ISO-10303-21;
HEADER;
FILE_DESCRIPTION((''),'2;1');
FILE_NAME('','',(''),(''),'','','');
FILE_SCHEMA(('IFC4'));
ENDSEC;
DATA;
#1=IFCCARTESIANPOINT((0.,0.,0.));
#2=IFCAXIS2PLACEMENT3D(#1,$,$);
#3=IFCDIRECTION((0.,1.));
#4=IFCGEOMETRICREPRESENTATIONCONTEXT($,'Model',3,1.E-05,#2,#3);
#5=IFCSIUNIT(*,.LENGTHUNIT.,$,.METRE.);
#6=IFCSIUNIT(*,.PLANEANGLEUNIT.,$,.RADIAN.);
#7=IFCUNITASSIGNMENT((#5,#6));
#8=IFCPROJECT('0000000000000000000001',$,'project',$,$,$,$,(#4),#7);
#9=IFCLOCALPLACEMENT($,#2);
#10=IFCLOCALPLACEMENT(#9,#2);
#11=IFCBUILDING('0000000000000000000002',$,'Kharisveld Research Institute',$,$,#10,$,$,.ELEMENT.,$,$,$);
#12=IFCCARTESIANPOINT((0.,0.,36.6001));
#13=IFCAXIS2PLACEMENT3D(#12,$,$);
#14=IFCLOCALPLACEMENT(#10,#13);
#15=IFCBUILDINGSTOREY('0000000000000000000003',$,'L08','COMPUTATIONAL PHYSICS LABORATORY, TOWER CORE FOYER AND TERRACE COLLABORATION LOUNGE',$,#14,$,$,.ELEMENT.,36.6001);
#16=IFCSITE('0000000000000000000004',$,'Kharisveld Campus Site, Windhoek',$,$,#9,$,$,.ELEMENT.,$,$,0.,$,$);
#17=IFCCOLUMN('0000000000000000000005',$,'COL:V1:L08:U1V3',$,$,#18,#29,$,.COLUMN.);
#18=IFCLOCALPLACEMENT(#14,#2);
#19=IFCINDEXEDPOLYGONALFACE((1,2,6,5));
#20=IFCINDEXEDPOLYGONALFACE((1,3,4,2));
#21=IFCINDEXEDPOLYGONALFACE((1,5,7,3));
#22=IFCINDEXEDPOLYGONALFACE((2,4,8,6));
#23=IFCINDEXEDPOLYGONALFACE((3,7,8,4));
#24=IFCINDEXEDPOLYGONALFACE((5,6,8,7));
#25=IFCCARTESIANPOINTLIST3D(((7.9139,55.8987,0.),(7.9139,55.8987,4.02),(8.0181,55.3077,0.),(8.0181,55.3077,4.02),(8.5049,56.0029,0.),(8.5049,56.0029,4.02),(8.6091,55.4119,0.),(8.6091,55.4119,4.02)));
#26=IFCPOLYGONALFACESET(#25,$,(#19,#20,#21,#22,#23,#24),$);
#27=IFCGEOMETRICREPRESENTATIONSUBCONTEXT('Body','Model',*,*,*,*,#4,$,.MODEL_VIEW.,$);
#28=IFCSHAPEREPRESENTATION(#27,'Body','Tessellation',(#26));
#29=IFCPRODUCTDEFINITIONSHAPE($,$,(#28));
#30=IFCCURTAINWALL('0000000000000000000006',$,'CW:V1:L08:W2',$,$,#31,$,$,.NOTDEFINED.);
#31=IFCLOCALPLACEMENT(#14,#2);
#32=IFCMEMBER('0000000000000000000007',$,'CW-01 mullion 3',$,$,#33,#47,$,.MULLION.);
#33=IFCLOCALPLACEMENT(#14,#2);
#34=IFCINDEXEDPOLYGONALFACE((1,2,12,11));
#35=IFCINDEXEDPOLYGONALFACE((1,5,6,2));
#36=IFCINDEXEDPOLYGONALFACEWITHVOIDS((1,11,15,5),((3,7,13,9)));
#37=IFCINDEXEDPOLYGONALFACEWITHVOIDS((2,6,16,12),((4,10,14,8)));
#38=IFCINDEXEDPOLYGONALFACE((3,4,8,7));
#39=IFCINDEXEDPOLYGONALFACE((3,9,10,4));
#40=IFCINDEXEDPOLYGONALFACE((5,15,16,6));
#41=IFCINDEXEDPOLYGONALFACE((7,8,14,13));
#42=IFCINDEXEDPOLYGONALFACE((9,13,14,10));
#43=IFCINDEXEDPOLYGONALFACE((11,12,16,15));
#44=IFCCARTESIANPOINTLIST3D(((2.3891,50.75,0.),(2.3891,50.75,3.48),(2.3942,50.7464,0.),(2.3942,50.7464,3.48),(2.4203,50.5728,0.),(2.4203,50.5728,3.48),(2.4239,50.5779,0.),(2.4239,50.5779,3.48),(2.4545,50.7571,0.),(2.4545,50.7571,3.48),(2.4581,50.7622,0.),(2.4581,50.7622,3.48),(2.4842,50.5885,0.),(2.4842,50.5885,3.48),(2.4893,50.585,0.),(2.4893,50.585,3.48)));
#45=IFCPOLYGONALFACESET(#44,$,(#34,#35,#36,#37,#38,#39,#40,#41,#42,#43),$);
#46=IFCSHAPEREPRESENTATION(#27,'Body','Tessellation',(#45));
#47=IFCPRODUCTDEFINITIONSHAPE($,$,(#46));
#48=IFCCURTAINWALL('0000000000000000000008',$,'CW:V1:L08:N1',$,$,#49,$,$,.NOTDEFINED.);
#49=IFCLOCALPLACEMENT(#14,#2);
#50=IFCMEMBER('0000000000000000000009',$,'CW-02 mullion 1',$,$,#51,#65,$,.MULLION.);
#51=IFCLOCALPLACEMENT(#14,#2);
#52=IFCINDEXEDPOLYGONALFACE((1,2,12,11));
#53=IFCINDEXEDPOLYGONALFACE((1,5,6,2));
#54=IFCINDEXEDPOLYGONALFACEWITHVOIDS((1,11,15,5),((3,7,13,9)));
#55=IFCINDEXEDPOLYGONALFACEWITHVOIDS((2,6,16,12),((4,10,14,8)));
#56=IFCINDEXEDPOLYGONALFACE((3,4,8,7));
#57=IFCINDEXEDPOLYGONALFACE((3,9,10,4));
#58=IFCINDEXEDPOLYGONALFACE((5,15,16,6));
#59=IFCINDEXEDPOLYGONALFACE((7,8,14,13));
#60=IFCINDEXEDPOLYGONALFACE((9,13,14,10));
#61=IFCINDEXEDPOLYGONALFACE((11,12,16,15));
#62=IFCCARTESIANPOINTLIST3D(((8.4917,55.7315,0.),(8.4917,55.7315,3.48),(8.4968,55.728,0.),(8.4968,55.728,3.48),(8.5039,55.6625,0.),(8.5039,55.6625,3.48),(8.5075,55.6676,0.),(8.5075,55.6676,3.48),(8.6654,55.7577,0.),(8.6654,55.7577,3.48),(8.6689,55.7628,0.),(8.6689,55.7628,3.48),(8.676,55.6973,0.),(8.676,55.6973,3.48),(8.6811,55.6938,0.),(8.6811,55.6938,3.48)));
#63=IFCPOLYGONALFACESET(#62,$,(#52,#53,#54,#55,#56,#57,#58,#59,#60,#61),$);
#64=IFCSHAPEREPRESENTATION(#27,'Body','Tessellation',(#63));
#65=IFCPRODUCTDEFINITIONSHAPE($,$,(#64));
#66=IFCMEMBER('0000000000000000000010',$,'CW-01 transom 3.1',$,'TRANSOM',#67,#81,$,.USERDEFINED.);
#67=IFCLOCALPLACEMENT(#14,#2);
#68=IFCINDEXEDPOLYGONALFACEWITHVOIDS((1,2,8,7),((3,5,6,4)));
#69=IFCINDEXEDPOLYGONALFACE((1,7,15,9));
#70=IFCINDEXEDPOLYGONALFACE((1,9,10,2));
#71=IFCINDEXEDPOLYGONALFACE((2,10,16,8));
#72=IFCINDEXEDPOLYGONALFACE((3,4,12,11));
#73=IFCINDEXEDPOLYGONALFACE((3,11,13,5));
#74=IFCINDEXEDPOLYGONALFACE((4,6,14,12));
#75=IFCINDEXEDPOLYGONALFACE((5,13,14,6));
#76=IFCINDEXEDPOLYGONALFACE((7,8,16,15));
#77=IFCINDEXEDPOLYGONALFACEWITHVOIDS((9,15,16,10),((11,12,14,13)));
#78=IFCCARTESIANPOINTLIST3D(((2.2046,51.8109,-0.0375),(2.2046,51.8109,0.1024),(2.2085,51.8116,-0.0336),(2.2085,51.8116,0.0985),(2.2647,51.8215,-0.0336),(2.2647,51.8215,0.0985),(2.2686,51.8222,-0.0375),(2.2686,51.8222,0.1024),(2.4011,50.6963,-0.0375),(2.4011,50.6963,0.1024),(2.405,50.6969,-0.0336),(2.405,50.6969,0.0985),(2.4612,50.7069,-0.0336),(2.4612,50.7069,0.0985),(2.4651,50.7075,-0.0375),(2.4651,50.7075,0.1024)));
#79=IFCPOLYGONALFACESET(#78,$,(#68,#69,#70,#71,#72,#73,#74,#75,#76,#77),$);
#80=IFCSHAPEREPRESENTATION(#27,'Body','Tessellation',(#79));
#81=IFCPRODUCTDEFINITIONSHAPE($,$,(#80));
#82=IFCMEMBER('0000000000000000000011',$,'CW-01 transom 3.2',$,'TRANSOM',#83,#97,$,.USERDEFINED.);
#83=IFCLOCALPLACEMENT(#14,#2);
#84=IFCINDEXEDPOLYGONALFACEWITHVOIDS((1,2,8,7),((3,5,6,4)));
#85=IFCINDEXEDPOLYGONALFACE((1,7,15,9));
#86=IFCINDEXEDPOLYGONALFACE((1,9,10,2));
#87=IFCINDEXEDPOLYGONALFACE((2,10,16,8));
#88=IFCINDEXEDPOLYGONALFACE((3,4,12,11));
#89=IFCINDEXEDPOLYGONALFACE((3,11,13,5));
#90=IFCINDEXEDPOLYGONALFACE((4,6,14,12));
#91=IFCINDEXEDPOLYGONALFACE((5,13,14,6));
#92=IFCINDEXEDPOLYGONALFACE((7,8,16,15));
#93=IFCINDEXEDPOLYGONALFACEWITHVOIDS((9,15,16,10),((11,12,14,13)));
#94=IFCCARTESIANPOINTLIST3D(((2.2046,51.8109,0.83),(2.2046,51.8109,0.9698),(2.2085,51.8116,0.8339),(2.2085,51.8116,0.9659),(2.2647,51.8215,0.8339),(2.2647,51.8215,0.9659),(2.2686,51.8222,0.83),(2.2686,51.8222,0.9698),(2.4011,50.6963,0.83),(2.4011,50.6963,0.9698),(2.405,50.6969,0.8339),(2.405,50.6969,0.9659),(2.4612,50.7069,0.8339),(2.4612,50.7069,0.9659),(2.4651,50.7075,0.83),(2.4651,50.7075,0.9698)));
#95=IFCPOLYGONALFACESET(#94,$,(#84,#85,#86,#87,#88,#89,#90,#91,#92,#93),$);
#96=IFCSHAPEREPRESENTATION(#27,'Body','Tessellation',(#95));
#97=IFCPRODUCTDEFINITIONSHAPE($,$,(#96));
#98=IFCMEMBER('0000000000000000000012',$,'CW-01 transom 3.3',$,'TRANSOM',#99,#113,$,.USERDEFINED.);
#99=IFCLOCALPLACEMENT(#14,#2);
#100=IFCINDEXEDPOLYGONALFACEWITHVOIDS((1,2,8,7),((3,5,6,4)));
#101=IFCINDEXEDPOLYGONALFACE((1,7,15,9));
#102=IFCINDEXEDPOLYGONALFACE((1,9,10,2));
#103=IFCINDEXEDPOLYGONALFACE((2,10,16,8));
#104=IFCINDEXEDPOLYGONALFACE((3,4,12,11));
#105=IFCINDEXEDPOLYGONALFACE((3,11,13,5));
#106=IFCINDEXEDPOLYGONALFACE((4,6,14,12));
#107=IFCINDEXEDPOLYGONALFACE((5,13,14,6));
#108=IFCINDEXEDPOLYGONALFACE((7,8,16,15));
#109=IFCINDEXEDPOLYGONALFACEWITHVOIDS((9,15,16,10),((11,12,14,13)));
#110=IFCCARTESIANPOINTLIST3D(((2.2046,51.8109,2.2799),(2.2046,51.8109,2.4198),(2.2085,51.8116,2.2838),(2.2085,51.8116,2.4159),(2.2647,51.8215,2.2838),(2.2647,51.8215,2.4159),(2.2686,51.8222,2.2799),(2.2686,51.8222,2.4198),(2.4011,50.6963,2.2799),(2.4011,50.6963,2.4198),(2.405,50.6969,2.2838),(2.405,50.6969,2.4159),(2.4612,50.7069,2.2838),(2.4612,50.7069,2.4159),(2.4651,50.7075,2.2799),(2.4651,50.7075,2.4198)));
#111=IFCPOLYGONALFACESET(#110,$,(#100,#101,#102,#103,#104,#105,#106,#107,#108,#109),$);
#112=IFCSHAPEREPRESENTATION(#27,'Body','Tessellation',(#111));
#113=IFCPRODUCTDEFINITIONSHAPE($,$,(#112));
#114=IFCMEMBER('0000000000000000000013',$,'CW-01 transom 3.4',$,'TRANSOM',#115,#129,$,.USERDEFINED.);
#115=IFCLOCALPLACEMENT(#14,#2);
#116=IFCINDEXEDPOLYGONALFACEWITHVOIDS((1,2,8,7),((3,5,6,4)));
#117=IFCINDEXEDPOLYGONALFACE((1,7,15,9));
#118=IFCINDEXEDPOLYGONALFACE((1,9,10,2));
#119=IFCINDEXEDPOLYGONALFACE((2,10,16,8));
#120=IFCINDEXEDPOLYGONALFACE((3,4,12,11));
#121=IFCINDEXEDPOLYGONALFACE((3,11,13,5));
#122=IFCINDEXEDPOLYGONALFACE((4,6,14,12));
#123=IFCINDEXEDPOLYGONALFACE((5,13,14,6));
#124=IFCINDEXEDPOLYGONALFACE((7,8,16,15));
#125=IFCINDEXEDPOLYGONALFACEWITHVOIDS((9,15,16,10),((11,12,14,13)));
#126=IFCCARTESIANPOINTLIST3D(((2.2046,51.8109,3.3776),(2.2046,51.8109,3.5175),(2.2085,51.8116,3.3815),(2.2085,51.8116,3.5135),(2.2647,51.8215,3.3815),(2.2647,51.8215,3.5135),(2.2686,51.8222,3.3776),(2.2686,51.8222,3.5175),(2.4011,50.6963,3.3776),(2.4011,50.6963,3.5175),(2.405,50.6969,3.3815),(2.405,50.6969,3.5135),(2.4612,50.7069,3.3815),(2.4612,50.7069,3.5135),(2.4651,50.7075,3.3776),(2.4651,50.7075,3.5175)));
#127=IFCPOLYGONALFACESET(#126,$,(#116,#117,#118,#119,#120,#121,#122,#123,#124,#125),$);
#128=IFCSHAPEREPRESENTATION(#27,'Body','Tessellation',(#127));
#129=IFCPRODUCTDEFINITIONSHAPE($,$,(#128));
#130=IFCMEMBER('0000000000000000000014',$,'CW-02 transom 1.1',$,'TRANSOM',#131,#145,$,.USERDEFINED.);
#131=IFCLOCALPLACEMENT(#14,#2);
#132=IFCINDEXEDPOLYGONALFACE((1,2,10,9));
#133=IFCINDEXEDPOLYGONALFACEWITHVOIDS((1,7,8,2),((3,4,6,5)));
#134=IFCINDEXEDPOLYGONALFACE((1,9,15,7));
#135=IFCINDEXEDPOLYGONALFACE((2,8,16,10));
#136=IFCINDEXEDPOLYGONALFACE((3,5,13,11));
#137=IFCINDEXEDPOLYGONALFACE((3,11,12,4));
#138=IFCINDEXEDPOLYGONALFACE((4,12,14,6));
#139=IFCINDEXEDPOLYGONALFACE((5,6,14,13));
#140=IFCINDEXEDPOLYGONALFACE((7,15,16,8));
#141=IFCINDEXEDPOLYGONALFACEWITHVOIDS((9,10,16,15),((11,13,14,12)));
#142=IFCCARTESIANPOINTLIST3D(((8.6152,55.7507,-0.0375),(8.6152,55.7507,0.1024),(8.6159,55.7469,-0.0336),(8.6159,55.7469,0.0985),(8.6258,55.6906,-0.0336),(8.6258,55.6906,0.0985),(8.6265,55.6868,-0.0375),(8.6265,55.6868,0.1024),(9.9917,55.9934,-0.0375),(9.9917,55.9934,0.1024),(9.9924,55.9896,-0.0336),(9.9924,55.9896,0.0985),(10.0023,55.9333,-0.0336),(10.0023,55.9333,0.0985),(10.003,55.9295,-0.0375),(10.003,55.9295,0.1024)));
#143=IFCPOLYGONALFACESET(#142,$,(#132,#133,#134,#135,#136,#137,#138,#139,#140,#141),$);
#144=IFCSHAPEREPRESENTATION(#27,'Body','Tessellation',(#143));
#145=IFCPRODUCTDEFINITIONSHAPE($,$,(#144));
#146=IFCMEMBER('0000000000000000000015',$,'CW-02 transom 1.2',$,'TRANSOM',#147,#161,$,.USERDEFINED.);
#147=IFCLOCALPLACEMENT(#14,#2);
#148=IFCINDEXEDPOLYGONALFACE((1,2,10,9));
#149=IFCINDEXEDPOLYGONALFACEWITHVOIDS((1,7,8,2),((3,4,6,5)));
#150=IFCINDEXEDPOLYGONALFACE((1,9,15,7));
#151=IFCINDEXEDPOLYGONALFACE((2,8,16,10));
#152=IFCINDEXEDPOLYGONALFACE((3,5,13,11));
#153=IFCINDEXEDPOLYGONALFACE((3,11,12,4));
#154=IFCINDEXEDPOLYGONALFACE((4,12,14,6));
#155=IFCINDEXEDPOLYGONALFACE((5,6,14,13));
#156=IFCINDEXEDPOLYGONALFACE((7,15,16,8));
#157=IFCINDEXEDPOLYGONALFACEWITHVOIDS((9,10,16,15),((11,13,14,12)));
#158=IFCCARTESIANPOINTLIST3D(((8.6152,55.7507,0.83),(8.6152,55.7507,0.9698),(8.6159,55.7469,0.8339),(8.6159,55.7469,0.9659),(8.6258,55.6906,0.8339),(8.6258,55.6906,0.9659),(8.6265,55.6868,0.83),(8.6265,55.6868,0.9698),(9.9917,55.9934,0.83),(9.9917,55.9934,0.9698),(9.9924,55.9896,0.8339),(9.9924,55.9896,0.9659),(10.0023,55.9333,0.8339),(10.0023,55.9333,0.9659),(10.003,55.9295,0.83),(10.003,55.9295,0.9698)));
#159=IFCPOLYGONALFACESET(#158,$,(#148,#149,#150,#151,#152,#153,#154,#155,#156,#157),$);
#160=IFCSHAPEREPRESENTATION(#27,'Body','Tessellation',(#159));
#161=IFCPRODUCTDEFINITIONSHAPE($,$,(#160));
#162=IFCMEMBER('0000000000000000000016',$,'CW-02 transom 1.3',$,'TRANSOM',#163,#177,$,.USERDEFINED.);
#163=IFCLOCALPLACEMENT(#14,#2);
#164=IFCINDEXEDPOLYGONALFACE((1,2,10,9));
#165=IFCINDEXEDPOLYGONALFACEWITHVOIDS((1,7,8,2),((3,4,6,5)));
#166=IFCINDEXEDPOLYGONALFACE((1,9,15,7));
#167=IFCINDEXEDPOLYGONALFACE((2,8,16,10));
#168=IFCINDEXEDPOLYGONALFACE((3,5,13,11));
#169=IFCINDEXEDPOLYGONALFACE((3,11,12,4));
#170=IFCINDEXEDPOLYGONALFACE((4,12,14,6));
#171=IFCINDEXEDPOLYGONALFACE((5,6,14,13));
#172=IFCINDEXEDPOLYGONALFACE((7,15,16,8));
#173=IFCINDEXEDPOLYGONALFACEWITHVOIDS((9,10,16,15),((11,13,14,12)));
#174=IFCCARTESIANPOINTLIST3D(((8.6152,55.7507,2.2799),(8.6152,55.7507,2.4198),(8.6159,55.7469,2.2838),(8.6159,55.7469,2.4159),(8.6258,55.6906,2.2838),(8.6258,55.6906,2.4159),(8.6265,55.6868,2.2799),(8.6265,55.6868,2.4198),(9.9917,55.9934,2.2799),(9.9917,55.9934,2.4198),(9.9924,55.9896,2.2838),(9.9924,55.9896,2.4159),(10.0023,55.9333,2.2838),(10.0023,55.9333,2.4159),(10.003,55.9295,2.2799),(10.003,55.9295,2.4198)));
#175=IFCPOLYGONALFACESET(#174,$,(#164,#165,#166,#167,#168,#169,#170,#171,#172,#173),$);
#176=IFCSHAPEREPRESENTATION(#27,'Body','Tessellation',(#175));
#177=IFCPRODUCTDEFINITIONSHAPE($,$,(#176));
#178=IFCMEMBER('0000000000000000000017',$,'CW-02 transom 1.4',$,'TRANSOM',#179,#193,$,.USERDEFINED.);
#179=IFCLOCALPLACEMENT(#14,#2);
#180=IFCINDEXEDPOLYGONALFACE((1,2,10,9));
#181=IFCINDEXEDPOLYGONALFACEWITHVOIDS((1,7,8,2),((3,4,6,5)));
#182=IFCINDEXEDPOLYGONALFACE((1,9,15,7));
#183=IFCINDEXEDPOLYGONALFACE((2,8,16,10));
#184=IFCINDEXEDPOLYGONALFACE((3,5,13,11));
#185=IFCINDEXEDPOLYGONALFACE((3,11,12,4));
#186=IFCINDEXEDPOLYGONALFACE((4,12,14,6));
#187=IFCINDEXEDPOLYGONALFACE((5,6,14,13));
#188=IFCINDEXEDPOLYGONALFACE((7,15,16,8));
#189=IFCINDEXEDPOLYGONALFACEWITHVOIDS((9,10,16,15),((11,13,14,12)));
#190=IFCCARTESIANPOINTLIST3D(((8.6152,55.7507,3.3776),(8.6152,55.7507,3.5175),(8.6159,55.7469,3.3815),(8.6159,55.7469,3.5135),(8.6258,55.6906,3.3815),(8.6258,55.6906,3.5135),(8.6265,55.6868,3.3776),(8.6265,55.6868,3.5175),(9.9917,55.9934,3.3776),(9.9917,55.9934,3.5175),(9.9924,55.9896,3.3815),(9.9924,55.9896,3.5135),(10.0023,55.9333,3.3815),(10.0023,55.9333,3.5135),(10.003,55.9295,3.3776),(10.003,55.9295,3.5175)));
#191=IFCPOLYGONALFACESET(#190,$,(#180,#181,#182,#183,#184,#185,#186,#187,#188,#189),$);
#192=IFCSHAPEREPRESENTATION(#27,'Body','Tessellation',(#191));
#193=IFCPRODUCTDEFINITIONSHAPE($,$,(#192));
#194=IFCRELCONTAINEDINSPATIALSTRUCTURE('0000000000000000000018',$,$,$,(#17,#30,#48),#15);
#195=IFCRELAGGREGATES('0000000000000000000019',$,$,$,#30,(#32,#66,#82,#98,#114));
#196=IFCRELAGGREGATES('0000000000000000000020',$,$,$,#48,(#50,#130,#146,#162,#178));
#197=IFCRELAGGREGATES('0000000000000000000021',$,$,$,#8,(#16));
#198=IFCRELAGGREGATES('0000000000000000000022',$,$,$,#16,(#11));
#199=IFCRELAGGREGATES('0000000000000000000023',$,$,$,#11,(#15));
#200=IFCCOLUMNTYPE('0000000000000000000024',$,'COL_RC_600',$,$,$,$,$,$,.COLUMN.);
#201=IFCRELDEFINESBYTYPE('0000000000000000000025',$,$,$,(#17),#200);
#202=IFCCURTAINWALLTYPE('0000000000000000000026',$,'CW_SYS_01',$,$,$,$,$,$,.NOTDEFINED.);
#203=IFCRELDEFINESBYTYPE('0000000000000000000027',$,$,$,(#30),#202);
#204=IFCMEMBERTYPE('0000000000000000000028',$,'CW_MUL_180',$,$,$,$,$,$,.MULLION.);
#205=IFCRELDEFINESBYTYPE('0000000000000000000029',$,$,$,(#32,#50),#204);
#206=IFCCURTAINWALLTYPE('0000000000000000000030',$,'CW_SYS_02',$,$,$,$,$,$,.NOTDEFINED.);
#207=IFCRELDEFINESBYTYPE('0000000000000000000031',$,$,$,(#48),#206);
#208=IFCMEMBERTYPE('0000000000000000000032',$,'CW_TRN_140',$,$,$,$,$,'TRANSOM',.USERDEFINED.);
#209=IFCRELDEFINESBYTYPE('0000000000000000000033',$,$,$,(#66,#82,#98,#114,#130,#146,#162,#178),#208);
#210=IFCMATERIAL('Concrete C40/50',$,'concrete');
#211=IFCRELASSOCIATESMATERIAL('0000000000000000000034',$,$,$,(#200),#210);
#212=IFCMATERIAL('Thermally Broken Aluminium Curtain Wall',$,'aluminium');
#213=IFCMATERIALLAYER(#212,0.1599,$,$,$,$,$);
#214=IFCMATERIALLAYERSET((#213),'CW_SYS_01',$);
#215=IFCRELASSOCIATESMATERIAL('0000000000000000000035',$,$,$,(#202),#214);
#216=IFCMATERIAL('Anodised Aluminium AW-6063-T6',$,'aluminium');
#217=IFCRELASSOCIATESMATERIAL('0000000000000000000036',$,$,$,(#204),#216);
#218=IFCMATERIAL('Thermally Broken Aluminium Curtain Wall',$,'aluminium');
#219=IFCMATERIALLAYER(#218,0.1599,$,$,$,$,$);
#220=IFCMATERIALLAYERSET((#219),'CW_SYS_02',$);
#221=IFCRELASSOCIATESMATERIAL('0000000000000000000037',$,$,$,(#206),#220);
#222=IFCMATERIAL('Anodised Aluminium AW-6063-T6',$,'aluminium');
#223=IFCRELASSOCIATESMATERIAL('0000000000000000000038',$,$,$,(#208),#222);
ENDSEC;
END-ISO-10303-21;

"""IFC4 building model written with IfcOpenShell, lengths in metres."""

from ifc_helpers import new_model, si_unit, direction, frame, origin, origin_2d, place, context, subcontext, project, spatial, rectangle, hollow_rectangle, extrude, material, layer, layer_set, material_profile, profile_set, type_object, element, aggregate, save


model = new_model("IFC4")

# Units and contexts
model_context = context("Model", 3, precision=1e-05, world=origin(), true_north=direction((0.0, 1.0)))
body_context = subcontext(model_context, "Body", "Model", "MODEL_VIEW")
ifc_project = project(units=[si_unit("LENGTHUNIT", "METRE"), si_unit("PLANEANGLEUNIT", "RADIAN")], contexts=[model_context])

# Site, building, storey
site_placement = place(None, origin())
site = spatial("IfcSite", under=ifc_project, at=site_placement, Name="Kharisveld Campus Site, Windhoek", CompositionType="ELEMENT", RefElevation=0.0)
building_placement = place(site_placement, origin())
building = spatial("IfcBuilding", under=site, at=building_placement, Name="Kharisveld Research Institute", CompositionType="ELEMENT")
storey_placement = place(building_placement, frame((0.0, 0.0, 36.6001)))
storey = spatial("IfcBuildingStorey", under=building, at=storey_placement, Name="L08", Description="COMPUTATIONAL PHYSICS LABORATORY, TOWER CORE FOYER AND TERRACE COLLABORATION LOUNGE", CompositionType="ELEMENT", Elevation=36.6001)

# Column
ifc_material_1 = material(Name="Concrete C40/50", Category="concrete")
ifc_material_profile_1 = material_profile(ifc_material_1, rectangle(XDim=0.6001, YDim=0.6001, at=origin_2d()))
ifc_profile_set_1 = profile_set([ifc_material_profile_1], Name="Concrete C40/50")
column_type = type_object("IfcColumnType", Name="COL_RC_600", PredefinedType="COLUMN", material=ifc_profile_set_1)
column_placement = place(storey_placement, frame((8.2615, 55.6553, 0.0), z_axis=(0.0, 0.0, 1.0), x_axis=(0.984808, 0.173648, 0.0)))
element("IfcColumn", 1, at=column_placement, inside=storey, type_object=column_type, Name="COL:V1:L08:U1V3", PredefinedType="COLUMN", context=body_context, shape_type="SweptSolid", body=[
    extrude(rectangle(XDim=0.6001, YDim=0.6001, at=origin_2d()), origin(), (0.0, 0.0, 1.0), 4.02),
])

# Curtain walls, members
ifc_material_2 = material(Name="Thermally Broken Aluminium Curtain Wall", Category="aluminium")
ifc_layer_1 = layer(ifc_material_2, 0.1599)
ifc_layer_set_1 = layer_set([ifc_layer_1], Name="CW_SYS_01")
curtain_wall_type_1 = type_object("IfcCurtainWallType", Name="CW_SYS_01", PredefinedType="NOTDEFINED", material=ifc_layer_set_1)
curtain_wall_1_placement = place(storey_placement, origin())
curtain_wall_1 = element("IfcCurtainWall", 2, at=curtain_wall_1_placement, inside=storey, type_object=curtain_wall_type_1, Name="CW:V1:L08:W2", PredefinedType="NOTDEFINED")
ifc_material_3 = material(Name="Anodised Aluminium AW-6063-T6", Category="aluminium")
ifc_material_profile_2 = material_profile(ifc_material_3, hollow_rectangle(XDim=0.0701, YDim=0.1799, WallThickness=0.0044, at=origin_2d()))
ifc_profile_set_2 = profile_set([ifc_material_profile_2], Name="Anodised Aluminium AW-6063-T6")
member_type_1 = type_object("IfcMemberType", Name="CW_MUL_180", PredefinedType="MULLION", material=ifc_profile_set_2)
member_1_placement = place(storey_placement, frame((2.4392, 50.6675, 0.0), z_axis=(0.0, 0.0, 1.0), x_axis=(-0.984808, -0.173648, 0.0)))
member_1 = element("IfcMember", 3, at=member_1_placement, type_object=member_type_1, Name="CW-01 mullion 3", PredefinedType="MULLION", context=body_context, shape_type="SweptSolid", body=[
    extrude(hollow_rectangle(XDim=0.0701, YDim=0.1799, WallThickness=0.0044, at=origin_2d()), origin(), (0.0, 0.0, 1.0), 3.48),
])
ifc_material_4 = material(Name="Thermally Broken Aluminium Curtain Wall", Category="aluminium")
ifc_layer_2 = layer(ifc_material_4, 0.1599)
ifc_layer_set_2 = layer_set([ifc_layer_2], Name="CW_SYS_02")
curtain_wall_type_2 = type_object("IfcCurtainWallType", Name="CW_SYS_02", PredefinedType="NOTDEFINED", material=ifc_layer_set_2)
curtain_wall_2_placement = place(storey_placement, origin())
curtain_wall_2 = element("IfcCurtainWall", 4, at=curtain_wall_2_placement, inside=storey, type_object=curtain_wall_type_2, Name="CW:V1:L08:N1", PredefinedType="NOTDEFINED")
member_2_placement = place(storey_placement, frame((8.5864, 55.7126, 0.0), z_axis=(0.0, 0.0, 1.0), x_axis=(-0.173648, 0.984808, 0.0)))
member_2 = element("IfcMember", 5, at=member_2_placement, type_object=member_type_1, Name="CW-02 mullion 1", PredefinedType="MULLION", context=body_context, shape_type="SweptSolid", body=[
    extrude(hollow_rectangle(XDim=0.0701, YDim=0.1799, WallThickness=0.0044, at=origin_2d()), origin(), (0.0, 0.0, 1.0), 3.48),
])

# Members
ifc_material_5 = material(Name="Anodised Aluminium AW-6063-T6", Category="aluminium")
ifc_material_profile_3 = material_profile(ifc_material_5, hollow_rectangle(XDim=0.0649, YDim=0.1399, WallThickness=0.0039, at=origin_2d()))
ifc_profile_set_3 = profile_set([ifc_material_profile_3], Name="Anodised Aluminium AW-6063-T6")
member_type_2 = type_object("IfcMemberType", Name="CW_TRN_140", ElementType="TRANSOM", PredefinedType="USERDEFINED", material=ifc_profile_set_3)
member_3_placement = place(storey_placement, frame((2.4331, 50.7019, 0.0325), z_axis=(-0.173625, 0.984812, 0.0), x_axis=(-0.984812, -0.173625, 0.0)))
member_3 = element("IfcMember", 6, at=member_3_placement, type_object=member_type_2, Name="CW-01 transom 3.1", ObjectType="TRANSOM", PredefinedType="USERDEFINED", context=body_context, shape_type="SweptSolid", body=[
    extrude(hollow_rectangle(XDim=0.0649, YDim=0.1399, WallThickness=0.0039, at=origin_2d()), origin(), (0.0, 0.0, 1.0), 1.1318),
])
member_4_placement = place(storey_placement, frame((2.4331, 50.7019, 0.8999), z_axis=(-0.173625, 0.984812, 0.0), x_axis=(-0.984812, -0.173625, 0.0)))
member_4 = element("IfcMember", 7, at=member_4_placement, type_object=member_type_2, Name="CW-01 transom 3.2", ObjectType="TRANSOM", PredefinedType="USERDEFINED", context=body_context, shape_type="SweptSolid", body=[
    extrude(hollow_rectangle(XDim=0.0649, YDim=0.1399, WallThickness=0.0039, at=origin_2d()), origin(), (0.0, 0.0, 1.0), 1.1318),
])
member_5_placement = place(storey_placement, frame((2.4331, 50.7019, 2.3499), z_axis=(-0.173625, 0.984812, 0.0), x_axis=(-0.984812, -0.173625, 0.0)))
member_5 = element("IfcMember", 8, at=member_5_placement, type_object=member_type_2, Name="CW-01 transom 3.3", ObjectType="TRANSOM", PredefinedType="USERDEFINED", context=body_context, shape_type="SweptSolid", body=[
    extrude(hollow_rectangle(XDim=0.0649, YDim=0.1399, WallThickness=0.0039, at=origin_2d()), origin(), (0.0, 0.0, 1.0), 1.1318),
])
member_6_placement = place(storey_placement, frame((2.4331, 50.7019, 3.4475), z_axis=(-0.173625, 0.984812, 0.0), x_axis=(-0.984812, -0.173625, 0.0)))
member_6 = element("IfcMember", 9, at=member_6_placement, type_object=member_type_2, Name="CW-01 transom 3.4", ObjectType="TRANSOM", PredefinedType="USERDEFINED", context=body_context, shape_type="SweptSolid", body=[
    extrude(hollow_rectangle(XDim=0.0649, YDim=0.1399, WallThickness=0.0039, at=origin_2d()), origin(), (0.0, 0.0, 1.0), 1.1318),
])
member_7_placement = place(storey_placement, frame((8.6208, 55.7188, 0.0325), z_axis=(0.984812, 0.173626, 0.0), x_axis=(-0.173626, 0.984812, 0.0)))
member_7 = element("IfcMember", 10, at=member_7_placement, type_object=member_type_2, Name="CW-02 transom 1.1", ObjectType="TRANSOM", PredefinedType="USERDEFINED", context=body_context, shape_type="SweptSolid", body=[
    extrude(hollow_rectangle(XDim=0.0649, YDim=0.1399, WallThickness=0.0039, at=origin_2d()), origin(), (0.0, 0.0, 1.0), 1.3977),
])
member_8_placement = place(storey_placement, frame((8.6208, 55.7188, 0.8999), z_axis=(0.984812, 0.173626, 0.0), x_axis=(-0.173626, 0.984812, 0.0)))
member_8 = element("IfcMember", 11, at=member_8_placement, type_object=member_type_2, Name="CW-02 transom 1.2", ObjectType="TRANSOM", PredefinedType="USERDEFINED", context=body_context, shape_type="SweptSolid", body=[
    extrude(hollow_rectangle(XDim=0.0649, YDim=0.1399, WallThickness=0.0039, at=origin_2d()), origin(), (0.0, 0.0, 1.0), 1.3977),
])
member_9_placement = place(storey_placement, frame((8.6208, 55.7188, 2.3499), z_axis=(0.984812, 0.173626, 0.0), x_axis=(-0.173626, 0.984812, 0.0)))
member_9 = element("IfcMember", 12, at=member_9_placement, type_object=member_type_2, Name="CW-02 transom 1.3", ObjectType="TRANSOM", PredefinedType="USERDEFINED", context=body_context, shape_type="SweptSolid", body=[
    extrude(hollow_rectangle(XDim=0.0649, YDim=0.1399, WallThickness=0.0039, at=origin_2d()), origin(), (0.0, 0.0, 1.0), 1.3977),
])
member_10_placement = place(storey_placement, frame((8.6208, 55.7188, 3.4475), z_axis=(0.984812, 0.173626, 0.0), x_axis=(-0.173626, 0.984812, 0.0)))
member_10 = element("IfcMember", 13, at=member_10_placement, type_object=member_type_2, Name="CW-02 transom 1.4", ObjectType="TRANSOM", PredefinedType="USERDEFINED", context=body_context, shape_type="SweptSolid", body=[
    extrude(hollow_rectangle(XDim=0.0649, YDim=0.1399, WallThickness=0.0039, at=origin_2d()), origin(), (0.0, 0.0, 1.0), 1.3977),
])

aggregate(curtain_wall_1, [member_1, member_3, member_4, member_5, member_6])
aggregate(curtain_wall_2, [member_2, member_7, member_8, member_9, member_10])

save(model, "model.ifc")
